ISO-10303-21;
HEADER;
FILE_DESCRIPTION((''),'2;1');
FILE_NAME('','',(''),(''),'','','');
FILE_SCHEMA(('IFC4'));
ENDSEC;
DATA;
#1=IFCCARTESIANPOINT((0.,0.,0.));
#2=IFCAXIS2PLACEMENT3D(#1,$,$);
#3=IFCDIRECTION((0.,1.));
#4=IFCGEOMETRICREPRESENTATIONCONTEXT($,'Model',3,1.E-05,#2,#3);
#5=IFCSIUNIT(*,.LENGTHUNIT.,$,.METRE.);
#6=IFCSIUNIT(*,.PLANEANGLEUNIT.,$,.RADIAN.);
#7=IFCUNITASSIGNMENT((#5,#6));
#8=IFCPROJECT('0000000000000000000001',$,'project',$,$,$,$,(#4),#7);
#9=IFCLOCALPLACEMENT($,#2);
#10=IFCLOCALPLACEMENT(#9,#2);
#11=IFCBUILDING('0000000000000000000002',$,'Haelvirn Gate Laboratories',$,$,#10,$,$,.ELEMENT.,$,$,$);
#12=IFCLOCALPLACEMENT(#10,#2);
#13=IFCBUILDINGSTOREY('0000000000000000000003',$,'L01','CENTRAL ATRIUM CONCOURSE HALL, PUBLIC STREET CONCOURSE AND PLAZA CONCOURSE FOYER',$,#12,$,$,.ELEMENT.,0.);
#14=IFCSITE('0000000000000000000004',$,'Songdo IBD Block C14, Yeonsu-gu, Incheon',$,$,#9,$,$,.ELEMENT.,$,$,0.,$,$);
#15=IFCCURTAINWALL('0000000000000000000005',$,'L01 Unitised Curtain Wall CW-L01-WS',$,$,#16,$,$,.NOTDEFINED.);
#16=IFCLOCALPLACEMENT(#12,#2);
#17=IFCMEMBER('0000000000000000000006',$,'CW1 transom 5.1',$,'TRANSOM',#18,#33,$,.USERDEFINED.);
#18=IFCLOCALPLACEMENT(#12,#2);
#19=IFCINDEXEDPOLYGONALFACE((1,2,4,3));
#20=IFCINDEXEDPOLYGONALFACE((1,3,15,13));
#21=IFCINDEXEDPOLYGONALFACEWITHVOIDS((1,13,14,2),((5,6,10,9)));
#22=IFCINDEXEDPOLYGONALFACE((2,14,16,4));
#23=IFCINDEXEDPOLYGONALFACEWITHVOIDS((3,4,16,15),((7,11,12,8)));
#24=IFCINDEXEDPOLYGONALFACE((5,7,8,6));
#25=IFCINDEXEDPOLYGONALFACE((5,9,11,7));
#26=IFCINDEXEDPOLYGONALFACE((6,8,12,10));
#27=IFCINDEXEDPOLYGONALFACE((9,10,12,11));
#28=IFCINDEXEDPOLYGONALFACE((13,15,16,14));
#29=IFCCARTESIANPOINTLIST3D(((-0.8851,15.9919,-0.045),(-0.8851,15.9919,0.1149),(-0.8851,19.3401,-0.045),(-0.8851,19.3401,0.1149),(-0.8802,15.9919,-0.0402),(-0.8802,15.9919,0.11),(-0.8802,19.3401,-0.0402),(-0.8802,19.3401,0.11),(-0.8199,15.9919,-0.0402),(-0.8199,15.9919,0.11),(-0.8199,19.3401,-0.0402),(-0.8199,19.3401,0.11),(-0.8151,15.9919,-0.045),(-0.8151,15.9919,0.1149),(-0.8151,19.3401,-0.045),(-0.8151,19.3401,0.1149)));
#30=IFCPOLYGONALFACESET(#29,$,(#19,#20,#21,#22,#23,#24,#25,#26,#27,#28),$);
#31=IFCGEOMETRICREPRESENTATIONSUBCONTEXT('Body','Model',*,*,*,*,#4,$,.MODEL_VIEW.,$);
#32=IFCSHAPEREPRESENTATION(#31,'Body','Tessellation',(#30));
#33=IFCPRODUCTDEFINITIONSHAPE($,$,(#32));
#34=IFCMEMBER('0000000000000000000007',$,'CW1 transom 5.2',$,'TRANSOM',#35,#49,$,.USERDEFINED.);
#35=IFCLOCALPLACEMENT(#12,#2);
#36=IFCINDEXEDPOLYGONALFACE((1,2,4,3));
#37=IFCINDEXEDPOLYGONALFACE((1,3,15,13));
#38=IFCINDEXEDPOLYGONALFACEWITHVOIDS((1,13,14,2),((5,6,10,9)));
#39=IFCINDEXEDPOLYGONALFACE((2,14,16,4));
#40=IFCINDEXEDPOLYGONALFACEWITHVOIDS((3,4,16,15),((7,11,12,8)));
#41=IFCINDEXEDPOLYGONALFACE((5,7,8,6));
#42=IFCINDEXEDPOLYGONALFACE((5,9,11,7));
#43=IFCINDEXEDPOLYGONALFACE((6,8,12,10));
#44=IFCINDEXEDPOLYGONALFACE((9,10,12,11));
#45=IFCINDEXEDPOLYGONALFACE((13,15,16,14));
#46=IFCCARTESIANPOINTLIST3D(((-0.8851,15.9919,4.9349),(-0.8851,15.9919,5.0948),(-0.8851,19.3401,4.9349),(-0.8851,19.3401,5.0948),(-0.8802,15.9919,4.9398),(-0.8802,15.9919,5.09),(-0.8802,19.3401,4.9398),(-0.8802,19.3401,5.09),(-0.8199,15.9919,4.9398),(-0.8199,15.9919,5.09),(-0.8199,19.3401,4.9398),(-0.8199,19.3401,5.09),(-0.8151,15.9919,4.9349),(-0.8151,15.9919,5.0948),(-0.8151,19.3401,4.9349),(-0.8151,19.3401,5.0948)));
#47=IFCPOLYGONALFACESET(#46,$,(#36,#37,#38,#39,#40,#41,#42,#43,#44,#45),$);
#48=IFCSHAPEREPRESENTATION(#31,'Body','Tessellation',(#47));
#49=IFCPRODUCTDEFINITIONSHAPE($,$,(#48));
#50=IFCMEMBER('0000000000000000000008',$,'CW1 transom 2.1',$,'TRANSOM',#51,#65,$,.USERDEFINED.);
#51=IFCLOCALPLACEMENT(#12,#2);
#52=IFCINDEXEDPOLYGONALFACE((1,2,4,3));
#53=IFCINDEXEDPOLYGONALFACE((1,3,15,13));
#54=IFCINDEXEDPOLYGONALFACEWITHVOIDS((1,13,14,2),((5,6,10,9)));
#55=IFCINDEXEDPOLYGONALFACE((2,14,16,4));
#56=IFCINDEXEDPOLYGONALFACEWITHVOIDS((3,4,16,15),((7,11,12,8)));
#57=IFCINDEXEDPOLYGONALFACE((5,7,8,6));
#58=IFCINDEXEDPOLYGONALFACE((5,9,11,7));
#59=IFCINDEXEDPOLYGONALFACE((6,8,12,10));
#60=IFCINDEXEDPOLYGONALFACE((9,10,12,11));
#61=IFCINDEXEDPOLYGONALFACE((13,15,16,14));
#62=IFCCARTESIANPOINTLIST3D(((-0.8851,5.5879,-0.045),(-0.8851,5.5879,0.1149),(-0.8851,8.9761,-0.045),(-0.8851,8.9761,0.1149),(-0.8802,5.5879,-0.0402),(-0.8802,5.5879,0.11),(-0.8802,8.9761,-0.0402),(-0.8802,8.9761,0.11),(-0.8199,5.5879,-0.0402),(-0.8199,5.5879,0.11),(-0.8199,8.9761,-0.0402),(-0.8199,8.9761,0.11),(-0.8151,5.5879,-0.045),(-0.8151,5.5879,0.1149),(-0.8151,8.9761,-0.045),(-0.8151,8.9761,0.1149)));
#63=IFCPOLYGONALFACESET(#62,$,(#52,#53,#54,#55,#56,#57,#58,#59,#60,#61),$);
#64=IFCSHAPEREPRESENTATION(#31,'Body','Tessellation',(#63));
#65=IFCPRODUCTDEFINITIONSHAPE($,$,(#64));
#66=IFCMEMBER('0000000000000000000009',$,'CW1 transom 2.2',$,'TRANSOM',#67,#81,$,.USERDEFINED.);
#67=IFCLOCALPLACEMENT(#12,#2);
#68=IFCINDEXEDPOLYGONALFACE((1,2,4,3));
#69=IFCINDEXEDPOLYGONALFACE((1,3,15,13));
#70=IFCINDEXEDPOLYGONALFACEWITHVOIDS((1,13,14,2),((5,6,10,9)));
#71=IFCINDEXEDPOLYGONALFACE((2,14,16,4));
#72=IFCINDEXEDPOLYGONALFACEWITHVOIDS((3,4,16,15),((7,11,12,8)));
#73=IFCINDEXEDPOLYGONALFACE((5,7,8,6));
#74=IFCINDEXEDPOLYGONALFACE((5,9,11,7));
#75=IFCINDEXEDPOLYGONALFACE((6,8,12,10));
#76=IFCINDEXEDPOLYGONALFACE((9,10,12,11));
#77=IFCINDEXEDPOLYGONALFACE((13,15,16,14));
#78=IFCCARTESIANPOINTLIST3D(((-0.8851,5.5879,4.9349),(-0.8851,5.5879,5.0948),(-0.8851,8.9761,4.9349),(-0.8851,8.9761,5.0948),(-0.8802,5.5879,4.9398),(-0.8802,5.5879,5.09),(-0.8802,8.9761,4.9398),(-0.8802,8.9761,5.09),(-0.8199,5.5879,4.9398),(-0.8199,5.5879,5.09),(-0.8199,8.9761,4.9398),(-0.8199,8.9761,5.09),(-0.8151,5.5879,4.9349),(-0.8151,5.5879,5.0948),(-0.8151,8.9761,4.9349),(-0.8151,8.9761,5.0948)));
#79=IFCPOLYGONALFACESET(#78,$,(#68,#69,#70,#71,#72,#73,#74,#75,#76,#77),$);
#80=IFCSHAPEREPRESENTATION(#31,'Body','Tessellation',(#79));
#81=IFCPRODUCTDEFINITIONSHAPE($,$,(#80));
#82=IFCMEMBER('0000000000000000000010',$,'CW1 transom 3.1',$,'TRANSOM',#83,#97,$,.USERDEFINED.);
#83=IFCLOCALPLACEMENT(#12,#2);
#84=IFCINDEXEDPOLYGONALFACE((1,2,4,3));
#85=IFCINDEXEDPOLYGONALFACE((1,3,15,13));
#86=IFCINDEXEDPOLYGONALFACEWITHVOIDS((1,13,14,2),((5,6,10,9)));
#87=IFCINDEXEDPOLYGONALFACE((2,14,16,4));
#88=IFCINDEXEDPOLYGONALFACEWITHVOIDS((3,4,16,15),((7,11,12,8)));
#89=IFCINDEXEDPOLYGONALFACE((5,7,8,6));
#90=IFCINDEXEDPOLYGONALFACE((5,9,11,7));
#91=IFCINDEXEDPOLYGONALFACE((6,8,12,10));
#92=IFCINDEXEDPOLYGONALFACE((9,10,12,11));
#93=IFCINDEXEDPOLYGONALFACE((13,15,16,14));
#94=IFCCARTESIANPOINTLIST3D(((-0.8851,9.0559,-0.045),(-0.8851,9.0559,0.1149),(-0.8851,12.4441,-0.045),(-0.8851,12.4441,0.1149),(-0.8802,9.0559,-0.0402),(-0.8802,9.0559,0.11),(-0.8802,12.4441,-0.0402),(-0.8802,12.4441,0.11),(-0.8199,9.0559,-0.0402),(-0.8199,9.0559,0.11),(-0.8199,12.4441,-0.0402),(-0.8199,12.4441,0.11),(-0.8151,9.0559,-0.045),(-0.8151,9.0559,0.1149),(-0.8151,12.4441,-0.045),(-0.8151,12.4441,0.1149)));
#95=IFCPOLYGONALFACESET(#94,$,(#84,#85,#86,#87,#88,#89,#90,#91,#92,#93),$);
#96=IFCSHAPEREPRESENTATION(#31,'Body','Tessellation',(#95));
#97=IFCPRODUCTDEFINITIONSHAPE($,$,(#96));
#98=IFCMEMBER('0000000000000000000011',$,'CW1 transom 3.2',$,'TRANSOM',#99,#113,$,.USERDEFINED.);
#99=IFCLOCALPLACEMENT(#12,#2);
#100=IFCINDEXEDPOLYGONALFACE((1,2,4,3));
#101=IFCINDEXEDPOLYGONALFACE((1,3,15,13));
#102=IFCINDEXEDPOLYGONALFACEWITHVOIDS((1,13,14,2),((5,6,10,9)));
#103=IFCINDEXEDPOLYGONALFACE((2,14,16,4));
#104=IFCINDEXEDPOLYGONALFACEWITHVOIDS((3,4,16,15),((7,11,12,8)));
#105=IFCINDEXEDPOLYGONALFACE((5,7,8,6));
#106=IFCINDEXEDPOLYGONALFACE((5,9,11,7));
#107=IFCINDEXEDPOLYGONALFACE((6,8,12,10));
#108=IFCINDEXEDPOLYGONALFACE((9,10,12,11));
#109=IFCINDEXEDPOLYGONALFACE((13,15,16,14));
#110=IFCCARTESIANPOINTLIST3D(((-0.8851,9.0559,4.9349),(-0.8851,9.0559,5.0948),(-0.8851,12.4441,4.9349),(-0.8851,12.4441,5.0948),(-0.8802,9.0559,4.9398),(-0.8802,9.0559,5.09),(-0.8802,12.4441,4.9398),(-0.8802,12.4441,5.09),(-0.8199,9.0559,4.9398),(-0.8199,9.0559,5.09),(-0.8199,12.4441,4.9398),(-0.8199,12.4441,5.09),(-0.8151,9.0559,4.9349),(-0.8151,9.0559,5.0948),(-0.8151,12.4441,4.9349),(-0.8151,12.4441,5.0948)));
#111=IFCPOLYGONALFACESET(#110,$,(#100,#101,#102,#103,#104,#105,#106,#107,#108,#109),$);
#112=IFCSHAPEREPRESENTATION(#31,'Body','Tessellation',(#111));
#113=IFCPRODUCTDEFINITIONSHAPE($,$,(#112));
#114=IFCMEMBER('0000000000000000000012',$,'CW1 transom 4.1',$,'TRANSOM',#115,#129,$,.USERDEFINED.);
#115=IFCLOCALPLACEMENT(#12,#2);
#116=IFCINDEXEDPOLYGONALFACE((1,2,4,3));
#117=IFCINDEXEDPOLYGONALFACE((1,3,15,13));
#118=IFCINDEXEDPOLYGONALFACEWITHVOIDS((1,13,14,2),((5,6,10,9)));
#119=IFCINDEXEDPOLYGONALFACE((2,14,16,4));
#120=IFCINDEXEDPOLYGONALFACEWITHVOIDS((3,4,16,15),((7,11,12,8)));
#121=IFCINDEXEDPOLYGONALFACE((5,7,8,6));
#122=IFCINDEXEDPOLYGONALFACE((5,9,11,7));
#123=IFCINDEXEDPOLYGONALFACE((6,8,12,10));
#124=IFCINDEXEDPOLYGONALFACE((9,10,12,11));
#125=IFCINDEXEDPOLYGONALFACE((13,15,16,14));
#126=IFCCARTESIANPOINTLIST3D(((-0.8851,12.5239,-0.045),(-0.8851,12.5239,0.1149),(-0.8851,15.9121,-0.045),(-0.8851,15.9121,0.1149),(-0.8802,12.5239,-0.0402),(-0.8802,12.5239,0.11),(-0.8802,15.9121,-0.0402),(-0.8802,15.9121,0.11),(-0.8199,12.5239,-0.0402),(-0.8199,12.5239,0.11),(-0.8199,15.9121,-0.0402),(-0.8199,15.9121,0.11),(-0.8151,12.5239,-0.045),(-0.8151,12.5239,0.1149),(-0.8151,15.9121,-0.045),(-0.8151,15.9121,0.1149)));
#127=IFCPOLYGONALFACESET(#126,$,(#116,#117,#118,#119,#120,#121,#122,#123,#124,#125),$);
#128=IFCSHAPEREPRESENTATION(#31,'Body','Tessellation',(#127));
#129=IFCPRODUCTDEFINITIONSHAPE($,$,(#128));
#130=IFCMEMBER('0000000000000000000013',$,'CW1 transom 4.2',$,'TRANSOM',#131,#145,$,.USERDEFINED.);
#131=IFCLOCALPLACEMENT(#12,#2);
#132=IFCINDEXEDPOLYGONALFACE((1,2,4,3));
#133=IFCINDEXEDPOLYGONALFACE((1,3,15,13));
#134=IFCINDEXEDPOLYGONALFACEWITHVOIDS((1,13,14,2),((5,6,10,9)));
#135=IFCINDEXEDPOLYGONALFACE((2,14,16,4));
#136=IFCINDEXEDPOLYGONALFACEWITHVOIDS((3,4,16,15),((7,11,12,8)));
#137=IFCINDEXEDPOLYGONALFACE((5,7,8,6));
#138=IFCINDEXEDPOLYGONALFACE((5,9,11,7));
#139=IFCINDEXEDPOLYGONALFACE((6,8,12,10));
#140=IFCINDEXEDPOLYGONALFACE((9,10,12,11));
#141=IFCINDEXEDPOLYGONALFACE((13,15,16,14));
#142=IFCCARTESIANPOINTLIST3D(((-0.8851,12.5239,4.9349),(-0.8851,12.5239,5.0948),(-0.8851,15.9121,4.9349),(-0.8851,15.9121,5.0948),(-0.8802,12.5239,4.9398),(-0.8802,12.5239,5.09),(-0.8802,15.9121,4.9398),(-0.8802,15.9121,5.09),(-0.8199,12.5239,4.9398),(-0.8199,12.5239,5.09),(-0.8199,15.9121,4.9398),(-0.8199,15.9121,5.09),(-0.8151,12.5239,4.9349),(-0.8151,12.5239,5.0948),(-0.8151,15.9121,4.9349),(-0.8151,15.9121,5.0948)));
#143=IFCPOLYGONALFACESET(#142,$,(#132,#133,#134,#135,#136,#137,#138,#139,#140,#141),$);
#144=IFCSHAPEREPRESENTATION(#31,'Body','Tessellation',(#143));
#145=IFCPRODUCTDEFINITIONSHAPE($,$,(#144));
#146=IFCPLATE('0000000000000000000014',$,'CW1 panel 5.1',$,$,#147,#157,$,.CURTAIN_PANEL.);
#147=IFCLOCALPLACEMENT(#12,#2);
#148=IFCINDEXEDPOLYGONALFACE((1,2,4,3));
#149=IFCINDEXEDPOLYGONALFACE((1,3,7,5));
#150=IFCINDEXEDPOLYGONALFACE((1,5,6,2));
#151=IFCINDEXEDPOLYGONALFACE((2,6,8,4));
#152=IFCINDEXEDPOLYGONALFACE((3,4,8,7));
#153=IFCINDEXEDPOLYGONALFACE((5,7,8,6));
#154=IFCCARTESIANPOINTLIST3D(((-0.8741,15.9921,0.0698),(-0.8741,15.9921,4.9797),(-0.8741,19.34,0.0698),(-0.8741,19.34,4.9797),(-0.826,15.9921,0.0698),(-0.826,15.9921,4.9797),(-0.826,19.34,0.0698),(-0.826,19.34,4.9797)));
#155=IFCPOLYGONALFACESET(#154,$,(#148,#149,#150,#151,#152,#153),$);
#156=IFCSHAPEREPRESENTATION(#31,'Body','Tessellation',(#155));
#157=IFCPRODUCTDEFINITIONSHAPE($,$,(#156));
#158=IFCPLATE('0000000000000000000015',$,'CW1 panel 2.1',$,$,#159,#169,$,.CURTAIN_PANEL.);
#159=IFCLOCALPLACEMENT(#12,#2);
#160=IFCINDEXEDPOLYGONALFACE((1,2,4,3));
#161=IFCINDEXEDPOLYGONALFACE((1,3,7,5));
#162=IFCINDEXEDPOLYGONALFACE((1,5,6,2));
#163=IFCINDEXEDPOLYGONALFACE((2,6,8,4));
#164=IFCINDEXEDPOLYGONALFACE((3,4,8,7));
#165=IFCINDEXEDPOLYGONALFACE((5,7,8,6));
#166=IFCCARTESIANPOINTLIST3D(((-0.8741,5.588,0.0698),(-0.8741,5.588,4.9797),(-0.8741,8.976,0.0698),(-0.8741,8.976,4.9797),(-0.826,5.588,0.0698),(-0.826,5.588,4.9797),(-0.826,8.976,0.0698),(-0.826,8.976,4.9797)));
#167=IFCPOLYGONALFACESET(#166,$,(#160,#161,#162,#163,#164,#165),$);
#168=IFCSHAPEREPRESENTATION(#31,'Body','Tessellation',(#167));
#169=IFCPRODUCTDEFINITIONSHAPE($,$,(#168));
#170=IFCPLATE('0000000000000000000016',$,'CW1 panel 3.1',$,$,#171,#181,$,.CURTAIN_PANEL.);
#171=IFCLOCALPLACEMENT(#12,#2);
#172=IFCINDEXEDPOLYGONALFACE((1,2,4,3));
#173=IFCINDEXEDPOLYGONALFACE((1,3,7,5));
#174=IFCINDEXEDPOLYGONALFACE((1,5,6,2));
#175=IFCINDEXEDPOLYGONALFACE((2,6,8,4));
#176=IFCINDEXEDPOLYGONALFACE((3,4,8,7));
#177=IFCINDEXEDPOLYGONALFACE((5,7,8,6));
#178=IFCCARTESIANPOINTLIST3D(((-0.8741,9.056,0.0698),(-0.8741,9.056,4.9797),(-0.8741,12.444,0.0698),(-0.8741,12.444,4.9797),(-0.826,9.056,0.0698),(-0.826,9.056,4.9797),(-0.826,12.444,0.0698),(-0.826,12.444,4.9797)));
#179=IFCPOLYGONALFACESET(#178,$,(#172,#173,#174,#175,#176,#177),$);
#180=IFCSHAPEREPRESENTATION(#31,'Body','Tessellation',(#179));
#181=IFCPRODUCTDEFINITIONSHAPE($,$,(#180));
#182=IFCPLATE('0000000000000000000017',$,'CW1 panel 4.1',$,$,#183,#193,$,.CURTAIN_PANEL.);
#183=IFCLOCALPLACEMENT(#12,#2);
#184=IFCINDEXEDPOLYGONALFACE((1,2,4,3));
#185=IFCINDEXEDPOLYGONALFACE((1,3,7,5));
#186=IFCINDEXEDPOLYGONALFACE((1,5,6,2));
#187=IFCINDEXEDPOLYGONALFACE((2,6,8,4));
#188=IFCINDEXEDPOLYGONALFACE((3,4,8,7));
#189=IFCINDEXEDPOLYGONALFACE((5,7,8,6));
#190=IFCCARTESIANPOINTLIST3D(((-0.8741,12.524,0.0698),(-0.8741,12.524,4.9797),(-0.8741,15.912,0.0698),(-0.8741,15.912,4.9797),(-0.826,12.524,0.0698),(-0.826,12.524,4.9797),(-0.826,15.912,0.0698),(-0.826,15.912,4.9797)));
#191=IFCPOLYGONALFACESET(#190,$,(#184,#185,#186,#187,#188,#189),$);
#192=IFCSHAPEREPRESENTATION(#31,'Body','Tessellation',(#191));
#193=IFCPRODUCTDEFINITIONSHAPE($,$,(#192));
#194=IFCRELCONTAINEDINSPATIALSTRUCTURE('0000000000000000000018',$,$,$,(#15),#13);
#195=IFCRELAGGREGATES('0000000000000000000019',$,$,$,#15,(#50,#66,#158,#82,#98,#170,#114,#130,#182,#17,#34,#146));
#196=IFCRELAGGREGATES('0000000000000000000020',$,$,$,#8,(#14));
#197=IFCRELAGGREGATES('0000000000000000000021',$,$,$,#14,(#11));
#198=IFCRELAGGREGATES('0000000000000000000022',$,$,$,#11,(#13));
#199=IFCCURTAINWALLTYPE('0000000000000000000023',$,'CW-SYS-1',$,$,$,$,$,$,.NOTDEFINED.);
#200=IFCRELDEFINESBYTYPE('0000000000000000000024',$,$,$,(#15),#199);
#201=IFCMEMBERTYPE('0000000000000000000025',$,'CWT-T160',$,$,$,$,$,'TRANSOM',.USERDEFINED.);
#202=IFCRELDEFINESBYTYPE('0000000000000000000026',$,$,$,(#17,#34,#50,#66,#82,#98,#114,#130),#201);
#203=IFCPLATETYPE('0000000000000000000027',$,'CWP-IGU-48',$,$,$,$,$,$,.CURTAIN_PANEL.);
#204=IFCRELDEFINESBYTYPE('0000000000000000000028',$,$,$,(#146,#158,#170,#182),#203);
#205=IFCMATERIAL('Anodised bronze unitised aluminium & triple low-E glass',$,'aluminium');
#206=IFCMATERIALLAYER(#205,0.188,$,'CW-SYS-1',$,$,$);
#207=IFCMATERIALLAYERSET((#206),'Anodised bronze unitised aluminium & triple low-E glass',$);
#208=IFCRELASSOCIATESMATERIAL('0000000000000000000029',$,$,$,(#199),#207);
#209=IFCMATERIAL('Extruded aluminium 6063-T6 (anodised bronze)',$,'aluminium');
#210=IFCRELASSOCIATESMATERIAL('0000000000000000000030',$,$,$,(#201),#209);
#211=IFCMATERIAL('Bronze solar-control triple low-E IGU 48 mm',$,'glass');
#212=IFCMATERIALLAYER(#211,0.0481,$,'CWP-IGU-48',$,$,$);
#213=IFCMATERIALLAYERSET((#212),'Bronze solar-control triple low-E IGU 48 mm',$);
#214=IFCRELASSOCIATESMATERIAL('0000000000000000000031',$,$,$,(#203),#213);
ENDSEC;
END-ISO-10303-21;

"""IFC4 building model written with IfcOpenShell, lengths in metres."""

from ifc_helpers import new_model, si_unit, direction, frame, origin, origin_2d, place, context, subcontext, project, spatial, rectangle, hollow_rectangle, extrude, source, transform, mapped, material, layer, layer_set, material_profile, profile_set, type_object, type_shapes, element, aggregate, save


model = new_model("IFC4")

# Units and contexts
model_context = context("Model", 3, precision=1e-05, world=origin(), true_north=direction((0.0, 1.0)))
body_context = subcontext(model_context, "Body", "Model", "MODEL_VIEW")
ifc_project = project(units=[si_unit("LENGTHUNIT", "METRE"), si_unit("PLANEANGLEUNIT", "RADIAN")], contexts=[model_context])

# Site, building, storey
site_placement = place(None, origin())
site = spatial("IfcSite", under=ifc_project, at=site_placement, Name="Songdo IBD Block C14, Yeonsu-gu, Incheon", CompositionType="ELEMENT", RefElevation=0.0)
building_placement = place(site_placement, origin())
building = spatial("IfcBuilding", under=site, at=building_placement, Name="Haelvirn Gate Laboratories", CompositionType="ELEMENT")
storey_placement = place(building_placement, origin())
storey = spatial("IfcBuildingStorey", under=building, at=storey_placement, Name="L01", Description="CENTRAL ATRIUM CONCOURSE HALL, PUBLIC STREET CONCOURSE AND PLAZA CONCOURSE FOYER", CompositionType="ELEMENT", Elevation=0.0)

# Curtain wall, members, plates
ifc_material_1 = material(Name="Anodised bronze unitised aluminium & triple low-E glass", Category="aluminium")
ifc_layer_1 = layer(ifc_material_1, 0.188, Name="CW-SYS-1")
ifc_layer_set_1 = layer_set([ifc_layer_1], Name="Anodised bronze unitised aluminium & triple low-E glass")
curtain_wall_type = type_object("IfcCurtainWallType", Name="CW-SYS-1", PredefinedType="NOTDEFINED", material=ifc_layer_set_1)
curtain_wall_placement = place(storey_placement, origin())
curtain_wall = element("IfcCurtainWall", 1, at=curtain_wall_placement, inside=storey, type_object=curtain_wall_type, Name="L01 Unitised Curtain Wall CW-L01-WS", PredefinedType="NOTDEFINED")
ifc_material_2 = material(Name="Extruded aluminium 6063-T6 (anodised bronze)", Category="aluminium")
ifc_material_profile_1 = material_profile(ifc_material_2, hollow_rectangle(XDim=0.0701, YDim=0.1599, WallThickness=0.0049, at=origin_2d()), Name="CWT-160x70x5")
ifc_profile_set_1 = profile_set([ifc_material_profile_1], Name="Extruded aluminium 6063-T6 (anodised bronze)")
member_type_1 = type_object("IfcMemberType", Name="CWT-T160", ElementType="TRANSOM", PredefinedType="USERDEFINED", material=ifc_profile_set_1)
shared_shape_1 = source(origin(), body_context, "Body", "SweptSolid", [
    extrude(hollow_rectangle(XDim=0.0701, YDim=0.1599, WallThickness=0.0049, at=origin_2d()), origin(), (0.0, 0.0, 1.0), 3.3481),
])
member_1_placement = place(storey_placement, frame((-0.8501, 15.9919, 0.0349), z_axis=(0.0, 1.0, 0.0), x_axis=(-1.0, 0.0, 0.0)))
member_1 = element("IfcMember", 2, at=member_1_placement, type_object=member_type_1, Name="CW1 transom 5.1", ObjectType="TRANSOM", PredefinedType="USERDEFINED", context=body_context, shape_type="MappedRepresentation", body=[
    mapped(shared_shape_1, transform((0.0, 0.0, 0.0), scale=1.0)),
])
member_2_placement = place(storey_placement, frame((-0.8501, 15.9919, 5.0149), z_axis=(0.0, 1.0, 0.0), x_axis=(-1.0, 0.0, 0.0)))
member_2 = element("IfcMember", 3, at=member_2_placement, type_object=member_type_1, Name="CW1 transom 5.2", ObjectType="TRANSOM", PredefinedType="USERDEFINED", context=body_context, shape_type="MappedRepresentation", body=[
    mapped(shared_shape_1, transform((0.0, 0.0, 0.0), scale=1.0)),
])
shared_shape_2 = source(origin(), body_context, "Body", "SweptSolid", [
    extrude(hollow_rectangle(XDim=0.0701, YDim=0.1599, WallThickness=0.0049, at=origin_2d()), origin(), (0.0, 0.0, 1.0), 3.3882),
])
type_shapes(member_type_1, [shared_shape_1, shared_shape_2])
member_3_placement = place(storey_placement, frame((-0.8501, 5.5879, 0.0349), z_axis=(0.0, 1.0, 0.0), x_axis=(-1.0, 0.0, 0.0)))
member_3 = element("IfcMember", 4, at=member_3_placement, type_object=member_type_1, Name="CW1 transom 2.1", ObjectType="TRANSOM", PredefinedType="USERDEFINED", context=body_context, shape_type="MappedRepresentation", body=[
    mapped(shared_shape_2, transform((0.0, 0.0, 0.0), scale=1.0)),
])
member_4_placement = place(storey_placement, frame((-0.8501, 5.5879, 5.0149), z_axis=(0.0, 1.0, 0.0), x_axis=(-1.0, 0.0, 0.0)))
member_4 = element("IfcMember", 5, at=member_4_placement, type_object=member_type_1, Name="CW1 transom 2.2", ObjectType="TRANSOM", PredefinedType="USERDEFINED", context=body_context, shape_type="MappedRepresentation", body=[
    mapped(shared_shape_2, transform((0.0, 0.0, 0.0), scale=1.0)),
])
member_5_placement = place(storey_placement, frame((-0.8501, 9.0559, 0.0349), z_axis=(0.0, 1.0, 0.0), x_axis=(-1.0, 0.0, 0.0)))
member_5 = element("IfcMember", 6, at=member_5_placement, type_object=member_type_1, Name="CW1 transom 3.1", ObjectType="TRANSOM", PredefinedType="USERDEFINED", context=body_context, shape_type="MappedRepresentation", body=[
    mapped(shared_shape_2, transform((0.0, 0.0, 0.0), scale=1.0)),
])
member_6_placement = place(storey_placement, frame((-0.8501, 9.0559, 5.0149), z_axis=(0.0, 1.0, 0.0), x_axis=(-1.0, 0.0, 0.0)))
member_6 = element("IfcMember", 7, at=member_6_placement, type_object=member_type_1, Name="CW1 transom 3.2", ObjectType="TRANSOM", PredefinedType="USERDEFINED", context=body_context, shape_type="MappedRepresentation", body=[
    mapped(shared_shape_2, transform((0.0, 0.0, 0.0), scale=1.0)),
])
member_7_placement = place(storey_placement, frame((-0.8501, 12.5239, 0.0349), z_axis=(0.0, 1.0, 0.0), x_axis=(-1.0, 0.0, 0.0)))
member_7 = element("IfcMember", 8, at=member_7_placement, type_object=member_type_1, Name="CW1 transom 4.1", ObjectType="TRANSOM", PredefinedType="USERDEFINED", context=body_context, shape_type="MappedRepresentation", body=[
    mapped(shared_shape_2, transform((0.0, 0.0, 0.0), scale=1.0)),
])
member_8_placement = place(storey_placement, frame((-0.8501, 12.5239, 5.0149), z_axis=(0.0, 1.0, 0.0), x_axis=(-1.0, 0.0, 0.0)))
member_8 = element("IfcMember", 9, at=member_8_placement, type_object=member_type_1, Name="CW1 transom 4.2", ObjectType="TRANSOM", PredefinedType="USERDEFINED", context=body_context, shape_type="MappedRepresentation", body=[
    mapped(shared_shape_2, transform((0.0, 0.0, 0.0), scale=1.0)),
])
ifc_material_3 = material(Name="Bronze solar-control triple low-E IGU 48 mm", Category="glass")
ifc_layer_2 = layer(ifc_material_3, 0.0481, Name="CWP-IGU-48")
ifc_layer_set_2 = layer_set([ifc_layer_2], Name="Bronze solar-control triple low-E IGU 48 mm")
plate_type = type_object("IfcPlateType", Name="CWP-IGU-48", PredefinedType="CURTAIN_PANEL", material=ifc_layer_set_2)
shared_shape_3 = source(origin(), body_context, "Body", "SweptSolid", [
    extrude(rectangle(XDim=3.3479, YDim=0.0481, at=origin_2d()), origin(), (0.0, 0.0, 1.0), 4.9099),
])
plate_1_placement = place(storey_placement, frame((-0.8501, 17.666, 0.0698), z_axis=(0.0, 0.0, 1.0), x_axis=(0.0, 1.0, 0.0)))
plate_1 = element("IfcPlate", 10, at=plate_1_placement, type_object=plate_type, Name="CW1 panel 5.1", PredefinedType="CURTAIN_PANEL", context=body_context, shape_type="MappedRepresentation", body=[
    mapped(shared_shape_3, transform((0.0, 0.0, 0.0), scale=1.0)),
])
shared_shape_4 = source(origin(), body_context, "Body", "SweptSolid", [
    extrude(rectangle(XDim=3.3879, YDim=0.0481, at=origin_2d()), origin(), (0.0, 0.0, 1.0), 4.9099),
])
type_shapes(plate_type, [shared_shape_3, shared_shape_4])
plate_2_placement = place(storey_placement, frame((-0.8501, 7.282, 0.0698), z_axis=(0.0, 0.0, 1.0), x_axis=(0.0, 1.0, 0.0)))
plate_2 = element("IfcPlate", 11, at=plate_2_placement, type_object=plate_type, Name="CW1 panel 2.1", PredefinedType="CURTAIN_PANEL", context=body_context, shape_type="MappedRepresentation", body=[
    mapped(shared_shape_4, transform((0.0, 0.0, 0.0), scale=1.0)),
])
plate_3_placement = place(storey_placement, frame((-0.8501, 10.75, 0.0698), z_axis=(0.0, 0.0, 1.0), x_axis=(0.0, 1.0, 0.0)))
plate_3 = element("IfcPlate", 12, at=plate_3_placement, type_object=plate_type, Name="CW1 panel 3.1", PredefinedType="CURTAIN_PANEL", context=body_context, shape_type="MappedRepresentation", body=[
    mapped(shared_shape_4, transform((0.0, 0.0, 0.0), scale=1.0)),
])
plate_4_placement = place(storey_placement, frame((-0.8501, 14.218, 0.0698), z_axis=(0.0, 0.0, 1.0), x_axis=(0.0, 1.0, 0.0)))
plate_4 = element("IfcPlate", 13, at=plate_4_placement, type_object=plate_type, Name="CW1 panel 4.1", PredefinedType="CURTAIN_PANEL", context=body_context, shape_type="MappedRepresentation", body=[
    mapped(shared_shape_4, transform((0.0, 0.0, 0.0), scale=1.0)),
])
aggregate(curtain_wall, [member_3, member_4, plate_2, member_5, member_6, plate_3, member_7, member_8, plate_4, member_1, member_2, plate_1])

save(model, "model.ifc")
